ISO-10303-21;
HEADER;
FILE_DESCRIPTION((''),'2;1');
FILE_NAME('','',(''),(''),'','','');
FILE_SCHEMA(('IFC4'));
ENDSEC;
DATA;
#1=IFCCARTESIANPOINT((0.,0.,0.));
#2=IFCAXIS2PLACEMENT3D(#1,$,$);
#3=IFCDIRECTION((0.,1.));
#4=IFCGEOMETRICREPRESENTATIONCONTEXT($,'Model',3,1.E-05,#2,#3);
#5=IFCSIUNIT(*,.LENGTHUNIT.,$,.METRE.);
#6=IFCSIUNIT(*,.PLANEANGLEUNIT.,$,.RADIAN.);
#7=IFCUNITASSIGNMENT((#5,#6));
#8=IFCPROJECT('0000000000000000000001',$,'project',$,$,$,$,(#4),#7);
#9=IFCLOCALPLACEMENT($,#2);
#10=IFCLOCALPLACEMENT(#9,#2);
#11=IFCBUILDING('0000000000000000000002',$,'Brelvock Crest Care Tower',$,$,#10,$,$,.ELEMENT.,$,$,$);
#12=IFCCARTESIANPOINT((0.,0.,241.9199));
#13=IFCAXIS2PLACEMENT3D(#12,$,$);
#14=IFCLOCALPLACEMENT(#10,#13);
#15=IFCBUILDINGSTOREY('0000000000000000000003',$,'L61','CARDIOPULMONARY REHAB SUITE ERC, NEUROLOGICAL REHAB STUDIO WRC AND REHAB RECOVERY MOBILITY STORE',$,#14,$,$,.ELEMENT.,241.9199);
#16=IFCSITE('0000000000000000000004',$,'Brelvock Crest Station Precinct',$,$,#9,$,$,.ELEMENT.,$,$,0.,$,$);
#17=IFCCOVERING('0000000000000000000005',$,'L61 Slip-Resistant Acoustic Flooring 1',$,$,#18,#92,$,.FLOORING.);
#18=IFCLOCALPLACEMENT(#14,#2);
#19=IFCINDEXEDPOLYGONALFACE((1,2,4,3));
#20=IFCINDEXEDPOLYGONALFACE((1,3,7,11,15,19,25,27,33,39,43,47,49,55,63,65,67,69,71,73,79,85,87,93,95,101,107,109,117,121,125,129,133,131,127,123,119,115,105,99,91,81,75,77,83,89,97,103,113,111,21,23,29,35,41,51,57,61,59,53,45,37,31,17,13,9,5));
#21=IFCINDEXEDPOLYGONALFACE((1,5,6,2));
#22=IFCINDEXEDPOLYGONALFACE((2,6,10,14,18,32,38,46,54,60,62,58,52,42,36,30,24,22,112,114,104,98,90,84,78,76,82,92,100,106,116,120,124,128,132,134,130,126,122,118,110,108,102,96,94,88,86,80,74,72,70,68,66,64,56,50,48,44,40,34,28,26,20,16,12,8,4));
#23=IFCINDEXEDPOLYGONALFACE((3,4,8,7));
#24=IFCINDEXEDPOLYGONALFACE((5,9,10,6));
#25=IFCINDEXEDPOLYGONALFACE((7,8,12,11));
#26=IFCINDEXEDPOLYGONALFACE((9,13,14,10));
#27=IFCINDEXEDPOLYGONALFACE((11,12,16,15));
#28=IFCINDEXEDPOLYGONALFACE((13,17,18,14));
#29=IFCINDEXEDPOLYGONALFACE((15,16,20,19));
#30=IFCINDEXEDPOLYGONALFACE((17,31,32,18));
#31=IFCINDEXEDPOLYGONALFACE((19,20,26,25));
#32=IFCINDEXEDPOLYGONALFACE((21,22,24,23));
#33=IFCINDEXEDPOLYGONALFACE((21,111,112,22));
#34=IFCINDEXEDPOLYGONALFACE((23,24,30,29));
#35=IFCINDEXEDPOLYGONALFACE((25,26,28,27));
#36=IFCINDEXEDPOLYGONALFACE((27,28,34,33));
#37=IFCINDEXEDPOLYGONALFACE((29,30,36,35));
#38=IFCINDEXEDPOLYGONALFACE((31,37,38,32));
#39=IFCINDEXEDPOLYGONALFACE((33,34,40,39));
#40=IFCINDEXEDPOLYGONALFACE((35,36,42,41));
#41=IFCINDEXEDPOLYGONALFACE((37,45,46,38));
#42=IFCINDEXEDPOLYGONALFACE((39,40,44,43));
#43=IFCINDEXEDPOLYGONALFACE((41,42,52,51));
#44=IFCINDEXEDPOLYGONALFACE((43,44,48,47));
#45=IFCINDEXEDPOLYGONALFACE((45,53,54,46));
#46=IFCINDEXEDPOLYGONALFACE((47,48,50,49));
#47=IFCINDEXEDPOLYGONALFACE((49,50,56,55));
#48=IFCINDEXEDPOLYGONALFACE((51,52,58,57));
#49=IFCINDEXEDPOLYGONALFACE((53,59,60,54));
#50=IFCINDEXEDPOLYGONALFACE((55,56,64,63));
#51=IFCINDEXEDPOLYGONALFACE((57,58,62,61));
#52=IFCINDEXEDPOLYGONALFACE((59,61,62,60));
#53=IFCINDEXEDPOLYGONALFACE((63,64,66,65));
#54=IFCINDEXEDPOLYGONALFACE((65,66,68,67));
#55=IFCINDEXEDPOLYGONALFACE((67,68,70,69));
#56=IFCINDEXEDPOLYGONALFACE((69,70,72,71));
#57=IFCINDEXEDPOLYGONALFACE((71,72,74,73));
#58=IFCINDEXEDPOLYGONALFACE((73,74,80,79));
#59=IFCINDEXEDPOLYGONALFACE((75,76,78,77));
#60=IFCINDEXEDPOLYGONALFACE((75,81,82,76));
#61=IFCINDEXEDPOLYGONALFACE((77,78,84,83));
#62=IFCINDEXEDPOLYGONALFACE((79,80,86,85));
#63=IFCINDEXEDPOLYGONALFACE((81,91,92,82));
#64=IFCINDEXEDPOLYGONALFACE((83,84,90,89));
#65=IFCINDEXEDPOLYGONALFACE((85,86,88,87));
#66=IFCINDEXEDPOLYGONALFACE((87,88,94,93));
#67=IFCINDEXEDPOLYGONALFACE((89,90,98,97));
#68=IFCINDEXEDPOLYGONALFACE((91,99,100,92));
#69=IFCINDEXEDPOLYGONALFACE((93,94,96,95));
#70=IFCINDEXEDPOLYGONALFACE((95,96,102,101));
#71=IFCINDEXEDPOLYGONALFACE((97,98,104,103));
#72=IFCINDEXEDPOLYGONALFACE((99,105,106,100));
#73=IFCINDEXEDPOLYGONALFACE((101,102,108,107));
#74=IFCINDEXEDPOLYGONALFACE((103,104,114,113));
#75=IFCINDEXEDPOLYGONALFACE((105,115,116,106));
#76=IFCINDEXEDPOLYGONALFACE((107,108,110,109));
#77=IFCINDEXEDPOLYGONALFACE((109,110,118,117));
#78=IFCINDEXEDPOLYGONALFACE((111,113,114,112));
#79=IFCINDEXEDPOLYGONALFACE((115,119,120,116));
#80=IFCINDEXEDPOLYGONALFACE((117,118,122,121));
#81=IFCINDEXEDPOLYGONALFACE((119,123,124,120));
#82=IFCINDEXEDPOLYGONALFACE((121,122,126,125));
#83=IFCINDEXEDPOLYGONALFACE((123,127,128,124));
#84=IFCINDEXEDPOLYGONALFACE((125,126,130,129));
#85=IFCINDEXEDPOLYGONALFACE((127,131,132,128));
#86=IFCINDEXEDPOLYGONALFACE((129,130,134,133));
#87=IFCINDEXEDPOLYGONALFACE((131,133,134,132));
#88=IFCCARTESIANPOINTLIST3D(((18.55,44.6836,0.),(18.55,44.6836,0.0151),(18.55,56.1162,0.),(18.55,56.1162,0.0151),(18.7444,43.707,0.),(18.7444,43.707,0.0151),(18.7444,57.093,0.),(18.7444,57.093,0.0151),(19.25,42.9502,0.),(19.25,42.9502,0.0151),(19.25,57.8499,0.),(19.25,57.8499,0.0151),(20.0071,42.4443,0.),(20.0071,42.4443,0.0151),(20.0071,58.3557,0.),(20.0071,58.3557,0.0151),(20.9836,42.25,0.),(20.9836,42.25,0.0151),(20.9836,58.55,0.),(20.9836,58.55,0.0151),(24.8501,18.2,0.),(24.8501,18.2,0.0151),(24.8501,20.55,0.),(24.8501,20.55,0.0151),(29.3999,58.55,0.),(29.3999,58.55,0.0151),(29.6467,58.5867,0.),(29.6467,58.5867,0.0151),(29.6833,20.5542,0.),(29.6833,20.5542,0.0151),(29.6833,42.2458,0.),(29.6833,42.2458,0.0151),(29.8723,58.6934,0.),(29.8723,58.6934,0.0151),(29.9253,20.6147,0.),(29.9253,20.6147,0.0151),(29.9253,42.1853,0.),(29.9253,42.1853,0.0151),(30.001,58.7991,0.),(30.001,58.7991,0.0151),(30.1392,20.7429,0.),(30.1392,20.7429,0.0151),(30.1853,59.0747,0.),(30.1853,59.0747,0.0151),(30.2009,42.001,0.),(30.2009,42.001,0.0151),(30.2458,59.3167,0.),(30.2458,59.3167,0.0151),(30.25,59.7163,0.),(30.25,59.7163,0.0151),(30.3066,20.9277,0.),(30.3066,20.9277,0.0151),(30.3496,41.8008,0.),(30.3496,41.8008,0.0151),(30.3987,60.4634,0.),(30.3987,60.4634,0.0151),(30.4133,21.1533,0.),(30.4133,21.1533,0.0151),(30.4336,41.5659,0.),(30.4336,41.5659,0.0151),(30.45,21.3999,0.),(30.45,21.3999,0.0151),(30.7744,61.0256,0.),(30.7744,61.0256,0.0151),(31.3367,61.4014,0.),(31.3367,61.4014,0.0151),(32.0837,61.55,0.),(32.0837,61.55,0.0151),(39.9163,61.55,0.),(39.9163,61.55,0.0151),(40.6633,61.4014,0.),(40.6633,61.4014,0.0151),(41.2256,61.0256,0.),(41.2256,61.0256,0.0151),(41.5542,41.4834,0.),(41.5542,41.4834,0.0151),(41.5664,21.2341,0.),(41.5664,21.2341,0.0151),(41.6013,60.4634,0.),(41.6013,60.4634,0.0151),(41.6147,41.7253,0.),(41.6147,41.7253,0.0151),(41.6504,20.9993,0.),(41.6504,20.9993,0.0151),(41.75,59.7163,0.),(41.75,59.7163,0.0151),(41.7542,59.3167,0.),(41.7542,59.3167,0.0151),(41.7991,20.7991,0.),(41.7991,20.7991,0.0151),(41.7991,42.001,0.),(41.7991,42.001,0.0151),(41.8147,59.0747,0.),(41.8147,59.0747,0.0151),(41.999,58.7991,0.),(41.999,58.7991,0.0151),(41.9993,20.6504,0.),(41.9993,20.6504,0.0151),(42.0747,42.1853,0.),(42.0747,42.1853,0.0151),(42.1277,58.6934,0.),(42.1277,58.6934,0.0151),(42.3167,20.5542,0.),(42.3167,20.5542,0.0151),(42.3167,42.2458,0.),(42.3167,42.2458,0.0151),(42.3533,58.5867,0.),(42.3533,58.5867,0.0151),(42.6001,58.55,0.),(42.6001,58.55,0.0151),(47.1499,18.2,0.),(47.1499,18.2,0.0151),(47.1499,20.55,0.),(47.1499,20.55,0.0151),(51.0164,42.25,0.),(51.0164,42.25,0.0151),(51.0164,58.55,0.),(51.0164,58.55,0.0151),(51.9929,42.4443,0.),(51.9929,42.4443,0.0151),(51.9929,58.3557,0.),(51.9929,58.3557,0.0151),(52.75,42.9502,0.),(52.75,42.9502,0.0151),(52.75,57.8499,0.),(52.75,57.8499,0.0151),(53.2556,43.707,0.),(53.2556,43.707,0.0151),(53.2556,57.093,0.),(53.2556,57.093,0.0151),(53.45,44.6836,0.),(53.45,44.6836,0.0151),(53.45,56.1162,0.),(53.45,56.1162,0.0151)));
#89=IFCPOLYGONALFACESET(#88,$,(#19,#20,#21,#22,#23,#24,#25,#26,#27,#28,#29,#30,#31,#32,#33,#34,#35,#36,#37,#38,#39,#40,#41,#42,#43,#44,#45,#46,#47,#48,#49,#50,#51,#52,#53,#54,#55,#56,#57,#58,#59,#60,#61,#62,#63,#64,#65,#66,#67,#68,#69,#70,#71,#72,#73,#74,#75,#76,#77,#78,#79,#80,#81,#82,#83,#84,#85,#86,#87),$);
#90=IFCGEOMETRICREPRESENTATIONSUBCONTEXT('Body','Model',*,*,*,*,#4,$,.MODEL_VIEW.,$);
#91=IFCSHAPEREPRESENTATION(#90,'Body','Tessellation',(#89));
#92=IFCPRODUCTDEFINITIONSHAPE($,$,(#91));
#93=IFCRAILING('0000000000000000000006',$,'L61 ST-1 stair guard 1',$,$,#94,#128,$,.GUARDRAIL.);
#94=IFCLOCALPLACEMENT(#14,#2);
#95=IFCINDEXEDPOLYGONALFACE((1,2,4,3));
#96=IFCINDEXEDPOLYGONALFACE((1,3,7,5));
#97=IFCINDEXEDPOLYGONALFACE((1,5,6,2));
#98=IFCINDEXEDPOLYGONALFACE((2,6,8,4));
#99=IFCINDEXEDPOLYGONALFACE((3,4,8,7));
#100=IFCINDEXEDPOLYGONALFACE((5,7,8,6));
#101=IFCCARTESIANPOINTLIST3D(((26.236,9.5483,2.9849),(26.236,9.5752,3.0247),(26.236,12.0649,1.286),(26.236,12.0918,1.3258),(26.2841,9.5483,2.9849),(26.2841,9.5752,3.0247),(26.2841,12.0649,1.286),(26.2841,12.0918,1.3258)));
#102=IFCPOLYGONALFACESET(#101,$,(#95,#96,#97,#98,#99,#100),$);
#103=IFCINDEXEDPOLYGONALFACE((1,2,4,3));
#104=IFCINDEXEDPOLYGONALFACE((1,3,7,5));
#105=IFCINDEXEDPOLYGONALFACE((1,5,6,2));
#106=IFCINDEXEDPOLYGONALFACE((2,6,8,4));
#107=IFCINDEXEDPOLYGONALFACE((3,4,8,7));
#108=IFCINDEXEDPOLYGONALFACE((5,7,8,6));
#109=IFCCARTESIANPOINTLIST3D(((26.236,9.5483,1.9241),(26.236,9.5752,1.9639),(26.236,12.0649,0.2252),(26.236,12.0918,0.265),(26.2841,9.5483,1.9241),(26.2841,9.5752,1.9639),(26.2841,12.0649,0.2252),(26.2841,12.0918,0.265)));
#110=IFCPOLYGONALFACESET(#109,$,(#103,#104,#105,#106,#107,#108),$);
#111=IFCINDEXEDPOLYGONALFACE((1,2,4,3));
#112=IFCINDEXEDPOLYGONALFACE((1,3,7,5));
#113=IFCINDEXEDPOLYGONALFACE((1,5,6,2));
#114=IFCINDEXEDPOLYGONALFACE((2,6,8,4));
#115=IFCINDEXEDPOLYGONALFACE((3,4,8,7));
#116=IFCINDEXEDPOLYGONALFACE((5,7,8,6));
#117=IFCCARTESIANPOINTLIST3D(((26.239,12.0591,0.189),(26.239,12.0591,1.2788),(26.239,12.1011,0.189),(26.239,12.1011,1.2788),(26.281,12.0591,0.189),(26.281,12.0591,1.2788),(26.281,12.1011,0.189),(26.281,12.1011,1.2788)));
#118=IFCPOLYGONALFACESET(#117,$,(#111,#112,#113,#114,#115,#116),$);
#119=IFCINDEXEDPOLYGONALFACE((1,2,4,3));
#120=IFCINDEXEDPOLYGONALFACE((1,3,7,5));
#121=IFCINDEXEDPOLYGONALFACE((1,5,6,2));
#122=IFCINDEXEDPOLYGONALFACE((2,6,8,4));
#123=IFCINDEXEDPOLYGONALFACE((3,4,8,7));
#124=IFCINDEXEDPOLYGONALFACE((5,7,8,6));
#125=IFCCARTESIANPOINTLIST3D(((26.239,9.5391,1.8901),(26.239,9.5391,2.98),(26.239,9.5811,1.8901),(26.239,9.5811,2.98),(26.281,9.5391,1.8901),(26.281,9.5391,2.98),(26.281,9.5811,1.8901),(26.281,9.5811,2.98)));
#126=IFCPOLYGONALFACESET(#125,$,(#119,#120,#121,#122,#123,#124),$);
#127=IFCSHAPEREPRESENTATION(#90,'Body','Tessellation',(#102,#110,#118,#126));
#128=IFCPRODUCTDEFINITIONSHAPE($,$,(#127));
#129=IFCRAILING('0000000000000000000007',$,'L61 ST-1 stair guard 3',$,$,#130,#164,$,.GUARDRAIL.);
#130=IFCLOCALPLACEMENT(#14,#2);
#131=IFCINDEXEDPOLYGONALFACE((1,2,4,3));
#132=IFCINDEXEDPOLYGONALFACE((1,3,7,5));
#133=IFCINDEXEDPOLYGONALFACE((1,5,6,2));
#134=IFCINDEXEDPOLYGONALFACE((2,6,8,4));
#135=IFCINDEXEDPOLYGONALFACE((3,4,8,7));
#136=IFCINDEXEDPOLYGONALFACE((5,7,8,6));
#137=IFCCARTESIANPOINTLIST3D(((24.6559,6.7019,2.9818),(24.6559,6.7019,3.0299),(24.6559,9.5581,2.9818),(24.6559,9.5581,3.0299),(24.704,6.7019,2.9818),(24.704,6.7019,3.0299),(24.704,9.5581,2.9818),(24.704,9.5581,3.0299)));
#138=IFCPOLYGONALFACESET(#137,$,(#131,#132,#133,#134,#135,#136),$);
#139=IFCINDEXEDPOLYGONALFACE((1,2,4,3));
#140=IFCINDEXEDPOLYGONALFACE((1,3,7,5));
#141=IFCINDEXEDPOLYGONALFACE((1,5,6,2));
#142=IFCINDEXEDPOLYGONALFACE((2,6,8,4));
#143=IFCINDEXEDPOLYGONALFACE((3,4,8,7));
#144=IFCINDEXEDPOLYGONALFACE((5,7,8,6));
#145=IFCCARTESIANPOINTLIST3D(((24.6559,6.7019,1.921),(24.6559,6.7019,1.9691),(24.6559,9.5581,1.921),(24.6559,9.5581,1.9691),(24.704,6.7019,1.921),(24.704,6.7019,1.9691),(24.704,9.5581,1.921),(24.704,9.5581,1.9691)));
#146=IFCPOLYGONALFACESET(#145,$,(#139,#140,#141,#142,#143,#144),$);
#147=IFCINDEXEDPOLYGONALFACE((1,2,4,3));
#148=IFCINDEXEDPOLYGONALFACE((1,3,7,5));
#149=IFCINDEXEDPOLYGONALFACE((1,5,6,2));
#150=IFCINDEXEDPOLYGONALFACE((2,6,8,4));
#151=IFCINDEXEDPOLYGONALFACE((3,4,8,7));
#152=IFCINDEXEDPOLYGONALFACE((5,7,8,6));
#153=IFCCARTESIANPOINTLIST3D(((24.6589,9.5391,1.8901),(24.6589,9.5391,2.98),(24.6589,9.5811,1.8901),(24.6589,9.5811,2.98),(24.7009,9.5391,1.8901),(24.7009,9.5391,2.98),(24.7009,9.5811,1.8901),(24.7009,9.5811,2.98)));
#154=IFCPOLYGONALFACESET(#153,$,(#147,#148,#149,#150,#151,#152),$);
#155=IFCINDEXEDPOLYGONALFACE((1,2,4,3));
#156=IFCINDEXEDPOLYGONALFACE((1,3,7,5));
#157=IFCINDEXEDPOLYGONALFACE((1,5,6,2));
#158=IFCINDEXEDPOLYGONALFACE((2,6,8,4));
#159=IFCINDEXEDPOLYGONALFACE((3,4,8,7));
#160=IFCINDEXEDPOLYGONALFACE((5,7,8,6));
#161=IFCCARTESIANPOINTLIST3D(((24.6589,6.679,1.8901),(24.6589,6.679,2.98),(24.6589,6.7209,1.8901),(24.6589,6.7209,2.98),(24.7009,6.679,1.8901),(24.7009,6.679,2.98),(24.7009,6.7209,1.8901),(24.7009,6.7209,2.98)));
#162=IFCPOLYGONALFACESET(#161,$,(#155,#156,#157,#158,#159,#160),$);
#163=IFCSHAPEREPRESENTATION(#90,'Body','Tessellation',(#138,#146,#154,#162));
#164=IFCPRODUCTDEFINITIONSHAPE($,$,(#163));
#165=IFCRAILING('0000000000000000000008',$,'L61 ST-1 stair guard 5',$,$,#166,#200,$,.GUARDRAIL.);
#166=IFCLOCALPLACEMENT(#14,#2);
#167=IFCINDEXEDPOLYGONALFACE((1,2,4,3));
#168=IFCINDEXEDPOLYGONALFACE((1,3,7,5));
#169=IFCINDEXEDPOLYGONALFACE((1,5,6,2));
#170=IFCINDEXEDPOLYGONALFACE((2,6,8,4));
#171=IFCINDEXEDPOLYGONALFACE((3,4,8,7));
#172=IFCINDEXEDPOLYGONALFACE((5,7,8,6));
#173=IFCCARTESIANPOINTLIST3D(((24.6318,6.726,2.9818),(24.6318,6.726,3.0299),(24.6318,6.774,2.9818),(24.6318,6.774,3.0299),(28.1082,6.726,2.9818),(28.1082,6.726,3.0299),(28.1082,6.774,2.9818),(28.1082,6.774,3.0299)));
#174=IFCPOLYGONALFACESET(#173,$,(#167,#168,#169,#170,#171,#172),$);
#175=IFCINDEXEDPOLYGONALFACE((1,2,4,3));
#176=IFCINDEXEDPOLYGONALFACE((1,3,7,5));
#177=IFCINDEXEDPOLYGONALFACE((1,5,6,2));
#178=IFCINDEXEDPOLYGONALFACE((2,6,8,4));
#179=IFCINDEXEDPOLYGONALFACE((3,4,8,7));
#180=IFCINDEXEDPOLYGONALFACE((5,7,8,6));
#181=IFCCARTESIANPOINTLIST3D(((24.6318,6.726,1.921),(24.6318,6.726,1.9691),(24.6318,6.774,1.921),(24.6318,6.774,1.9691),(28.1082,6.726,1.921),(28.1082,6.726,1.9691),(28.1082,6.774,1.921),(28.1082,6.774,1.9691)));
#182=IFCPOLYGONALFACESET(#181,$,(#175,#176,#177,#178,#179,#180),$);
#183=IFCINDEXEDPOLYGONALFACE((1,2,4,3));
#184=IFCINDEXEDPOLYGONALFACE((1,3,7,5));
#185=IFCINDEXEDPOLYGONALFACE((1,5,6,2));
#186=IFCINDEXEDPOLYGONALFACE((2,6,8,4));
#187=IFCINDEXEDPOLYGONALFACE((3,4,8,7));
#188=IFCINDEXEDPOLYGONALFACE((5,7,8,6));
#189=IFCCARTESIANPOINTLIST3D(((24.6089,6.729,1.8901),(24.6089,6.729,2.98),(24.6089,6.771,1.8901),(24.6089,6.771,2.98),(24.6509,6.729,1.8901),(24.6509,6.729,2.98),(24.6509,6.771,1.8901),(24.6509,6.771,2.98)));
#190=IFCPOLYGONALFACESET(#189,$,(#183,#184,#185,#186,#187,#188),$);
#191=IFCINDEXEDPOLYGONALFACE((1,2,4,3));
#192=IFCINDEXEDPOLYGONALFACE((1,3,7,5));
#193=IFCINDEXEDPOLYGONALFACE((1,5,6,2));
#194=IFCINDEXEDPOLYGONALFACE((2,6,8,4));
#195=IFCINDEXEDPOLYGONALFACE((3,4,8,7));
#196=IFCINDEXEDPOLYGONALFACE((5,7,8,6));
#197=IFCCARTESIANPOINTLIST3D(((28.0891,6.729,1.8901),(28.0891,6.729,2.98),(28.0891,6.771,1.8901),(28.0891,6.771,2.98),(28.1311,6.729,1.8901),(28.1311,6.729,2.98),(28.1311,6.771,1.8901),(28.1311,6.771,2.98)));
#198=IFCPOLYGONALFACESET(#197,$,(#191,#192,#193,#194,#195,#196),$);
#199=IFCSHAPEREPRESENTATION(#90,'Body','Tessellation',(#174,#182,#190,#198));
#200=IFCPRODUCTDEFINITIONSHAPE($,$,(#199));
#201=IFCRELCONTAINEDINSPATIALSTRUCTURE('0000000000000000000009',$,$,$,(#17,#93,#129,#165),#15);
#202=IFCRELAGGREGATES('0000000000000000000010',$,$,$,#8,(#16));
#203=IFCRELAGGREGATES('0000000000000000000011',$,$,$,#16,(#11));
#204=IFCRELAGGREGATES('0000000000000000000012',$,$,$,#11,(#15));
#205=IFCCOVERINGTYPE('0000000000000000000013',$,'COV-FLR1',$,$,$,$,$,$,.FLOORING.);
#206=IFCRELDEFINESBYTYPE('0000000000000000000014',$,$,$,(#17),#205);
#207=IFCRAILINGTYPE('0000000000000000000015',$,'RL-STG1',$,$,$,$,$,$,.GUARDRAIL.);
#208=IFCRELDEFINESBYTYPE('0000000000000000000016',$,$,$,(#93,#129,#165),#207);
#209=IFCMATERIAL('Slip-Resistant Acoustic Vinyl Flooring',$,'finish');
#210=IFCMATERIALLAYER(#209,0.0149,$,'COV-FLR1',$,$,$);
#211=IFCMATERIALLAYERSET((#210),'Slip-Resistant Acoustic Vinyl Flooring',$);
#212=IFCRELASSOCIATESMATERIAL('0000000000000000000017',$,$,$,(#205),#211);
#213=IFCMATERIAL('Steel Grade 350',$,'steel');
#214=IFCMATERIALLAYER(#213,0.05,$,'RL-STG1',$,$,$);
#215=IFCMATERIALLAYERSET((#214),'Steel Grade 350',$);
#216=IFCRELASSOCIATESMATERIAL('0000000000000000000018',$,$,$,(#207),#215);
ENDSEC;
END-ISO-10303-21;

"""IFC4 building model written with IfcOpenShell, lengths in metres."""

from ifc_helpers import new_model, si_unit, direction, frame, origin, origin_2d, place, context, subcontext, project, spatial, polyline, rectangle, outline, extrude, material, layer, layer_set, type_object, element, save


model = new_model("IFC4")

# Units and contexts
model_context = context("Model", 3, precision=1e-05, world=origin(), true_north=direction((0.0, 1.0)))
body_context = subcontext(model_context, "Body", "Model", "MODEL_VIEW")
ifc_project = project(units=[si_unit("LENGTHUNIT", "METRE"), si_unit("PLANEANGLEUNIT", "RADIAN")], contexts=[model_context])

# Site, building, storey
site_placement = place(None, origin())
site = spatial("IfcSite", under=ifc_project, at=site_placement, Name="Brelvock Crest Station Precinct", CompositionType="ELEMENT", RefElevation=0.0)
building_placement = place(site_placement, origin())
building = spatial("IfcBuilding", under=site, at=building_placement, Name="Brelvock Crest Care Tower", CompositionType="ELEMENT")
storey_placement = place(building_placement, frame((0.0, 0.0, 241.9199)))
storey = spatial("IfcBuildingStorey", under=building, at=storey_placement, Name="L61", Description="CARDIOPULMONARY REHAB SUITE ERC, NEUROLOGICAL REHAB STUDIO WRC AND REHAB RECOVERY MOBILITY STORE", CompositionType="ELEMENT", Elevation=241.9199)

# Shared definitions
ifc_material_1 = material(Name="Steel Grade 350", Category="steel")

# Covering
ifc_material_2 = material(Name="Slip-Resistant Acoustic Vinyl Flooring", Category="finish")
ifc_layer_1 = layer(ifc_material_2, 0.0149, Name="COV-FLR1")
ifc_layer_set_1 = layer_set([ifc_layer_1], Name="Slip-Resistant Acoustic Vinyl Flooring")
covering_type_1 = type_object("IfcCoveringType", Name="COV-FLR1", PredefinedType="FLOORING", material=ifc_layer_set_1)
covering_1_placement = place(storey_placement, origin())
element("IfcCovering", 1, at=covering_1_placement, inside=storey, type_object=covering_type_1, Name="L61 Slip-Resistant Acoustic Flooring 1", PredefinedType="FLOORING", context=body_context, shape_type="SweptSolid", body=[
    extrude(outline(polyline([(24.8501, 18.2), (47.1499, 18.2), (47.1499, 20.55), (42.3167, 20.5542), (41.9993, 20.6504), (41.7991, 20.7991), (41.6504, 20.9993), (41.5664, 21.2341), (41.5542, 41.4834), (41.6147, 41.7253), (41.7991, 42.001), (42.0747, 42.1853), (42.3167, 42.2458), (51.0164, 42.25), (51.9929, 42.4443), (52.75, 42.9502), (53.2556, 43.707), (53.45, 44.6836), (53.45, 56.1162), (53.2556, 57.093), (52.75, 57.8499), (51.9929, 58.3557), (51.0164, 58.55), (42.6001, 58.55), (42.3533, 58.5867), (42.1277, 58.6934), (41.999, 58.7991), (41.8147, 59.0747), (41.7542, 59.3167), (41.75, 59.7163), (41.6013, 60.4634), (41.2256, 61.0256), (40.6633, 61.4014), (39.9163, 61.55), (32.0837, 61.55), (31.3367, 61.4014), (30.7744, 61.0256), (30.3987, 60.4634), (30.25, 59.7163), (30.2458, 59.3167), (30.1853, 59.0747), (30.001, 58.7991), (29.8723, 58.6934), (29.6467, 58.5867), (29.3999, 58.55), (20.9836, 58.55), (20.0071, 58.3557), (19.25, 57.8499), (18.7444, 57.093), (18.55, 56.1162), (18.55, 44.6836), (18.7444, 43.707), (19.25, 42.9502), (20.0071, 42.4443), (20.9836, 42.25), (29.6833, 42.2458), (29.9253, 42.1853), (30.2009, 42.001), (30.3496, 41.8008), (30.4336, 41.5659), (30.45, 21.3999), (30.4133, 21.1533), (30.3066, 20.9277), (30.1392, 20.7429), (29.9253, 20.6147), (29.6833, 20.5542), (24.8501, 20.55), (24.8501, 18.2)])), origin(), (0.0, 0.0, 1.0), 0.0151),
])

# Railings
ifc_layer_2 = layer(ifc_material_1, 0.05, Name="RL-STG1")
ifc_layer_set_2 = layer_set([ifc_layer_2], Name="Steel Grade 350")
railing_type_1 = type_object("IfcRailingType", Name="RL-STG1", PredefinedType="GUARDRAIL", material=ifc_layer_set_2)
railing_1_placement = place(storey_placement, frame((26.26, 12.0801, 0.189)))
element("IfcRailing", 2, at=railing_1_placement, inside=storey, type_object=railing_type_1, Name="L61 ST-1 stair guard 1", PredefinedType="GUARDRAIL", context=body_context, shape_type="SweptSolid", body=[
    extrude(rectangle(XDim=0.0481, YDim=0.0481, at=origin_2d()), frame((0.0, -0.0017, 1.1169), z_axis=(0.0, -0.828824, 0.559509), x_axis=(1.0, 0.0, 0.0)), (0.0, 0.0, 1.0), 3.0364),
    extrude(rectangle(XDim=0.0481, YDim=0.0481, at=origin_2d()), frame((0.0, -0.0017, 0.0562), z_axis=(0.0, -0.828824, 0.559509), x_axis=(1.0, 0.0, 0.0)), (0.0, 0.0, 1.0), 3.0364),
    extrude(rectangle(XDim=0.042, YDim=0.042, at=origin_2d()), origin(), (0.0, 0.0, 1.0), 1.0898),
    extrude(rectangle(XDim=0.042, YDim=0.042, at=origin_2d()), frame((0.0, -2.52, 1.7012)), (0.0, 0.0, 1.0), 1.0898),
])
railing_2_placement = place(storey_placement, frame((24.6799, 9.5601, 1.8901)))
element("IfcRailing", 3, at=railing_2_placement, inside=storey, type_object=railing_type_1, Name="L61 ST-1 stair guard 3", PredefinedType="GUARDRAIL", context=body_context, shape_type="SweptSolid", body=[
    extrude(rectangle(XDim=0.0481, YDim=0.0481, at=origin_2d()), frame((0.0, -0.002, 1.1157), z_axis=(0.0, -1.0, 0.0), x_axis=(1.0, 0.0, 0.0)), (0.0, 0.0, 1.0), 2.8562),
    extrude(rectangle(XDim=0.0481, YDim=0.0481, at=origin_2d()), frame((0.0, -0.002, 0.0549), z_axis=(0.0, -1.0, 0.0), x_axis=(1.0, 0.0, 0.0)), (0.0, 0.0, 1.0), 2.8562),
    extrude(rectangle(XDim=0.042, YDim=0.042, at=origin_2d()), origin(), (0.0, 0.0, 1.0), 1.0898),
    extrude(rectangle(XDim=0.042, YDim=0.042, at=origin_2d()), frame((0.0, -2.8601, 0.0)), (0.0, 0.0, 1.0), 1.0898),
])
railing_3_placement = place(storey_placement, frame((24.6299, 6.75, 1.8901)))
element("IfcRailing", 4, at=railing_3_placement, inside=storey, type_object=railing_type_1, Name="L61 ST-1 stair guard 5", PredefinedType="GUARDRAIL", context=body_context, shape_type="SweptSolid", body=[
    extrude(rectangle(XDim=0.0481, YDim=0.0481, at=origin_2d()), frame((0.002, 0.0, 1.1157), z_axis=(1.0, 0.0, 0.0), x_axis=(0.0, 1.0, 0.0)), (0.0, 0.0, 1.0), 3.4763),
    extrude(rectangle(XDim=0.0481, YDim=0.0481, at=origin_2d()), frame((0.002, 0.0, 0.0549), z_axis=(1.0, 0.0, 0.0), x_axis=(0.0, 1.0, 0.0)), (0.0, 0.0, 1.0), 3.4763),
    extrude(rectangle(XDim=0.042, YDim=0.042, at=origin_2d()), origin(), (0.0, 0.0, 1.0), 1.0898),
    extrude(rectangle(XDim=0.042, YDim=0.042, at=origin_2d()), frame((3.4802, 0.0, 0.0)), (0.0, 0.0, 1.0), 1.0898),
])

save(model, "model.ifc")
